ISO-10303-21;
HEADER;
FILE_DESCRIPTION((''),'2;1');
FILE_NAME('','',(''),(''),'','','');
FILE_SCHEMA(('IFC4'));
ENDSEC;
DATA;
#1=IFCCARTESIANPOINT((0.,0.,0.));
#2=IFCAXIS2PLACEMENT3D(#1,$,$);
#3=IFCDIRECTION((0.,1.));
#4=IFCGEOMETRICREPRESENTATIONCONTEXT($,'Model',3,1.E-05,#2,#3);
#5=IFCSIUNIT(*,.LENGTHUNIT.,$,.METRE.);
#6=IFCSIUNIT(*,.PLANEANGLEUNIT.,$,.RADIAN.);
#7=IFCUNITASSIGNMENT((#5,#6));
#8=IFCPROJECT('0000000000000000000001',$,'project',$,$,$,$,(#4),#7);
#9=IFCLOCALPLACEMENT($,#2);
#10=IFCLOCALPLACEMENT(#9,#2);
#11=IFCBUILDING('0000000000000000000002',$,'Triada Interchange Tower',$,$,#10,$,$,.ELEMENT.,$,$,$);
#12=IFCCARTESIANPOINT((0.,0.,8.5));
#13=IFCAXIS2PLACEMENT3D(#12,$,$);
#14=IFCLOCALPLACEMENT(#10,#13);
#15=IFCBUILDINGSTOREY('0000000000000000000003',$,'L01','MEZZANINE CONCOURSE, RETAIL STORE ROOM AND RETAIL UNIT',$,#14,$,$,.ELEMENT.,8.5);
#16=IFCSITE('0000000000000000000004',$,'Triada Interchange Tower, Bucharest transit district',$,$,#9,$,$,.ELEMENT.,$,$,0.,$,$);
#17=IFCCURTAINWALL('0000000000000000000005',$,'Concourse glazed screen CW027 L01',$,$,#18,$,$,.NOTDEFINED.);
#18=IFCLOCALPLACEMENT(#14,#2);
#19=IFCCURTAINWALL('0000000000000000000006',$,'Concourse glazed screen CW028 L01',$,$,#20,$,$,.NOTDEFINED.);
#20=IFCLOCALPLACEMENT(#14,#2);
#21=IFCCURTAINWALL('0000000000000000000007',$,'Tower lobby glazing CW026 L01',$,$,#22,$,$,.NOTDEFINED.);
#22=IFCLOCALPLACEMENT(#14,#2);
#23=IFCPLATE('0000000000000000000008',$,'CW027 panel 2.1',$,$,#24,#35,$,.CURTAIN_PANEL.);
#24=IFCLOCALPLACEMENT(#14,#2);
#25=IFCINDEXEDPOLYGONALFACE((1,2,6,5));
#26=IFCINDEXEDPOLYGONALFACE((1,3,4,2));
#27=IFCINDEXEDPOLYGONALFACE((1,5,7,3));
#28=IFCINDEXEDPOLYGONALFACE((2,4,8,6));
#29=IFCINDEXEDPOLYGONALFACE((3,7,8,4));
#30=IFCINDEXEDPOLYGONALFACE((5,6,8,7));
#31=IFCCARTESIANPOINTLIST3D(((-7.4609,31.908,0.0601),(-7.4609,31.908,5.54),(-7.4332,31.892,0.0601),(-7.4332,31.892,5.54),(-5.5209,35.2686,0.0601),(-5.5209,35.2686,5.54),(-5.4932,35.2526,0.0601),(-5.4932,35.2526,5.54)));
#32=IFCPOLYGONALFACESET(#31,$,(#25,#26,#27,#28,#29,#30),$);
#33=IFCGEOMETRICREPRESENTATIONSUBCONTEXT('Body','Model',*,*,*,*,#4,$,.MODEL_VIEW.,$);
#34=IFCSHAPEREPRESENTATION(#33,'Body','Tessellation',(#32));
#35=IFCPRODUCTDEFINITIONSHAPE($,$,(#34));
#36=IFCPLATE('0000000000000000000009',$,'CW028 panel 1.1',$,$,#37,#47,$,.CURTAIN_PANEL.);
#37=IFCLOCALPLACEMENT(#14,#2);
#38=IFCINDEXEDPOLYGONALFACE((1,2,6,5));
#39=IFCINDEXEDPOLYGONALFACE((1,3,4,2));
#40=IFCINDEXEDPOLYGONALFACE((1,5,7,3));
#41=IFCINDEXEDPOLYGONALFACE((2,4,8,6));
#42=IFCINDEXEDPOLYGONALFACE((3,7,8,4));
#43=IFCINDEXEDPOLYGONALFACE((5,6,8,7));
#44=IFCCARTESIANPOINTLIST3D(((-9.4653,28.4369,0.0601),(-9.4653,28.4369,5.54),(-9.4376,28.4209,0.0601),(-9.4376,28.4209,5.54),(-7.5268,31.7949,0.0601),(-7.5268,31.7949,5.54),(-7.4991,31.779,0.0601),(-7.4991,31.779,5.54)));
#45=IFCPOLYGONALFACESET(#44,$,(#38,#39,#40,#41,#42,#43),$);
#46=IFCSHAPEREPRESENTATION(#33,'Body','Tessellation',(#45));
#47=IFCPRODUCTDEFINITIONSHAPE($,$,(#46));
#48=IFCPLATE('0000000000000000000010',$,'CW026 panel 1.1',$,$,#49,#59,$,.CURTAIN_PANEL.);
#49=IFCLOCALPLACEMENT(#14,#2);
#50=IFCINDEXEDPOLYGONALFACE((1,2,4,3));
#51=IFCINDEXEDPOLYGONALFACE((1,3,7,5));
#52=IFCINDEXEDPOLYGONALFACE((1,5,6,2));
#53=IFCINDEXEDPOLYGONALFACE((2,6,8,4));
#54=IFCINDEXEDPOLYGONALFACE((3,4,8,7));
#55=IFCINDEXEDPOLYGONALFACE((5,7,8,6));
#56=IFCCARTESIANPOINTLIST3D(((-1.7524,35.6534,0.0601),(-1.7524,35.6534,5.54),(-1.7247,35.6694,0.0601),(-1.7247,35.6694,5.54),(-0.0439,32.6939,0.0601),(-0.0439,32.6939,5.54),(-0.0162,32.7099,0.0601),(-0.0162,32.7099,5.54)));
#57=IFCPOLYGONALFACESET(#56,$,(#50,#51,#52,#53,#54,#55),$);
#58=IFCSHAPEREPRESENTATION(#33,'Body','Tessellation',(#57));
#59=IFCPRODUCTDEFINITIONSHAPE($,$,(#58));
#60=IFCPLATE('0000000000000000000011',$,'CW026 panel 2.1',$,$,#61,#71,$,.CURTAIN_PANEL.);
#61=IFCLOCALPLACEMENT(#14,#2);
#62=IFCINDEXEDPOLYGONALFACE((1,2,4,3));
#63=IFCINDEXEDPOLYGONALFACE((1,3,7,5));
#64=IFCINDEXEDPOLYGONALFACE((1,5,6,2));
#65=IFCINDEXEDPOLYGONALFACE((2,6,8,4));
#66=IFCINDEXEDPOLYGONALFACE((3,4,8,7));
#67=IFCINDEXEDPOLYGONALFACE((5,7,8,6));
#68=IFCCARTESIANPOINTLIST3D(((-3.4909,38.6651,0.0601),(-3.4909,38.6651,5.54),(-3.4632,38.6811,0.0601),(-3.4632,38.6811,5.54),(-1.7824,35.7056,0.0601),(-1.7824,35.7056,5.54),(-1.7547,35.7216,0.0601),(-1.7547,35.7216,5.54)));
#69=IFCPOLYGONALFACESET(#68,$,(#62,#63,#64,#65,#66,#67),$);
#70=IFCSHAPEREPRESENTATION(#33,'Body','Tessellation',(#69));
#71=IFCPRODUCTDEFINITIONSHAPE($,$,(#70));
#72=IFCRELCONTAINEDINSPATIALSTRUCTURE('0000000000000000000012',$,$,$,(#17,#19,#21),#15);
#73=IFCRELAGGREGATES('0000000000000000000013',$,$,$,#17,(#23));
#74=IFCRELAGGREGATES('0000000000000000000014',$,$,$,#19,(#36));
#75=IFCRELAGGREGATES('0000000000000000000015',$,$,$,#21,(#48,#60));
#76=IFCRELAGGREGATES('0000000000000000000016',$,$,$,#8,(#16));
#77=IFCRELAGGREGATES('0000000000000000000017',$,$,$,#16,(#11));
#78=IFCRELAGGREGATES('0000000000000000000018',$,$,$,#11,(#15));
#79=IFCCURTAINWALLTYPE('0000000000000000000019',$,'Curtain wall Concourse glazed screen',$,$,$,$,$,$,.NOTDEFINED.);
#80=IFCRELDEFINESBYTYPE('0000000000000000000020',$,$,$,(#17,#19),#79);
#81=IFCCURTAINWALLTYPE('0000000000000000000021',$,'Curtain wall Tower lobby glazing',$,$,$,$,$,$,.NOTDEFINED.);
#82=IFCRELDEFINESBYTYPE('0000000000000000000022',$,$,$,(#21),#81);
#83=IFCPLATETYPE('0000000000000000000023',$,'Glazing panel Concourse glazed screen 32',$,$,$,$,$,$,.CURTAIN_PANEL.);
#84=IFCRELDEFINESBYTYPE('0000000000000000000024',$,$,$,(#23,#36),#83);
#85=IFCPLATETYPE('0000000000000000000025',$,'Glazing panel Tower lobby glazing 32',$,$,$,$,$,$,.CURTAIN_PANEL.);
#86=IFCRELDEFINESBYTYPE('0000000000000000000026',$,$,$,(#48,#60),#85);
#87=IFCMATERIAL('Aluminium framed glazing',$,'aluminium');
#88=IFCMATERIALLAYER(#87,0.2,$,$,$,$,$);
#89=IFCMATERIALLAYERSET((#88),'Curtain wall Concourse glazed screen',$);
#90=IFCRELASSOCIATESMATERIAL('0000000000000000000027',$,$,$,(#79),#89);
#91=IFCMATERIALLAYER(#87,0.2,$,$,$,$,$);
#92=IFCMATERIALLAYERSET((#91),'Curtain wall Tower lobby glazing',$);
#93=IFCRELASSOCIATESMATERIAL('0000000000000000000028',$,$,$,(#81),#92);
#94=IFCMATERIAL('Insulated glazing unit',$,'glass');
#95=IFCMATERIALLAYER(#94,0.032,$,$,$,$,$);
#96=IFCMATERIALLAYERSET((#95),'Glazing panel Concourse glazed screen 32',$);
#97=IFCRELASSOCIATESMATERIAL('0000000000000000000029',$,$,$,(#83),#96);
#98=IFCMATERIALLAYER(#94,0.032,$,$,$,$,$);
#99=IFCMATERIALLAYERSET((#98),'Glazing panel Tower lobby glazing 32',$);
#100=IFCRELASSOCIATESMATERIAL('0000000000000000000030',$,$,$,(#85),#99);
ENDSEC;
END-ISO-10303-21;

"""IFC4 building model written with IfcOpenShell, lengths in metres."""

from ifc_helpers import new_model, si_unit, direction, frame, origin, origin_2d, place, context, subcontext, project, spatial, rectangle, extrude, material, layer, layer_set, type_object, element, aggregate, save


model = new_model("IFC4")

# Units and contexts
model_context = context("Model", 3, precision=1e-05, world=origin(), true_north=direction((0.0, 1.0)))
body_context = subcontext(model_context, "Body", "Model", "MODEL_VIEW")
ifc_project = project(units=[si_unit("LENGTHUNIT", "METRE"), si_unit("PLANEANGLEUNIT", "RADIAN")], contexts=[model_context])

# Site, building, storey
site_placement = place(None, origin())
site = spatial("IfcSite", under=ifc_project, at=site_placement, Name="Triada Interchange Tower, Bucharest transit district", CompositionType="ELEMENT", RefElevation=0.0)
building_placement = place(site_placement, origin())
building = spatial("IfcBuilding", under=site, at=building_placement, Name="Triada Interchange Tower", CompositionType="ELEMENT")
storey_placement = place(building_placement, frame((0.0, 0.0, 8.5)))
storey = spatial("IfcBuildingStorey", under=building, at=storey_placement, Name="L01", Description="MEZZANINE CONCOURSE, RETAIL STORE ROOM AND RETAIL UNIT", CompositionType="ELEMENT", Elevation=8.5)

# Curtain walls
ifc_material_1 = material(Name="Aluminium framed glazing", Category="aluminium")
ifc_layer_1 = layer(ifc_material_1, 0.2)
ifc_layer_set_1 = layer_set([ifc_layer_1], Name="Curtain wall Concourse glazed screen")
curtain_wall_type_1 = type_object("IfcCurtainWallType", Name="Curtain wall Concourse glazed screen", PredefinedType="NOTDEFINED", material=ifc_layer_set_1)
curtain_wall_1_placement = place(storey_placement, origin())
curtain_wall_1 = element("IfcCurtainWall", 1, at=curtain_wall_1_placement, inside=storey, type_object=curtain_wall_type_1, Name="Concourse glazed screen CW027 L01", PredefinedType="NOTDEFINED")
curtain_wall_2_placement = place(storey_placement, origin())
curtain_wall_2 = element("IfcCurtainWall", 2, at=curtain_wall_2_placement, inside=storey, type_object=curtain_wall_type_1, Name="Concourse glazed screen CW028 L01", PredefinedType="NOTDEFINED")
ifc_layer_2 = layer(ifc_material_1, 0.2)
ifc_layer_set_2 = layer_set([ifc_layer_2], Name="Curtain wall Tower lobby glazing")
curtain_wall_type_2 = type_object("IfcCurtainWallType", Name="Curtain wall Tower lobby glazing", PredefinedType="NOTDEFINED", material=ifc_layer_set_2)
curtain_wall_3_placement = place(storey_placement, origin())
curtain_wall_3 = element("IfcCurtainWall", 3, at=curtain_wall_3_placement, inside=storey, type_object=curtain_wall_type_2, Name="Tower lobby glazing CW026 L01", PredefinedType="NOTDEFINED")

# Plates
ifc_material_2 = material(Name="Insulated glazing unit", Category="glass")
ifc_layer_3 = layer(ifc_material_2, 0.032)
ifc_layer_set_3 = layer_set([ifc_layer_3], Name="Glazing panel Concourse glazed screen 32")
plate_type_1 = type_object("IfcPlateType", Name="Glazing panel Concourse glazed screen 32", PredefinedType="CURTAIN_PANEL", material=ifc_layer_set_3)
plate_1_placement = place(storey_placement, frame((-6.4771, 33.5803, 0.0601), z_axis=(0.0, 0.0, 1.0), x_axis=(-0.499959, -0.866049, 0.0)))
plate_1 = element("IfcPlate", 4, at=plate_1_placement, type_object=plate_type_1, Name="CW027 panel 2.1", PredefinedType="CURTAIN_PANEL", context=body_context, shape_type="SweptSolid", body=[
    extrude(rectangle(XDim=3.8804, YDim=0.032, at=origin_2d()), origin(), (0.0, 0.0, 1.0), 5.48),
])
aggregate(curtain_wall_1, [plate_1])
plate_2_placement = place(storey_placement, frame((-8.4822, 30.1079, 0.0601), z_axis=(0.0, 0.0, 1.0), x_axis=(-0.499948, -0.866055, 0.0)))
plate_2 = element("IfcPlate", 5, at=plate_2_placement, type_object=plate_type_1, Name="CW028 panel 1.1", PredefinedType="CURTAIN_PANEL", context=body_context, shape_type="SweptSolid", body=[
    extrude(rectangle(XDim=3.8774, YDim=0.032, at=origin_2d()), origin(), (0.0, 0.0, 1.0), 5.48),
])
aggregate(curtain_wall_2, [plate_2])
ifc_layer_4 = layer(ifc_material_2, 0.032)
ifc_layer_set_4 = layer_set([ifc_layer_4], Name="Glazing panel Tower lobby glazing 32")
plate_type_2 = type_object("IfcPlateType", Name="Glazing panel Tower lobby glazing 32", PredefinedType="CURTAIN_PANEL", material=ifc_layer_set_4)
plate_3_placement = place(storey_placement, frame((-0.8843, 34.1816, 0.0601), z_axis=(0.0, 0.0, 1.0), x_axis=(-0.499957, 0.86605, 0.0)))
plate_3 = element("IfcPlate", 6, at=plate_3_placement, type_object=plate_type_2, Name="CW026 panel 1.1", PredefinedType="CURTAIN_PANEL", context=body_context, shape_type="SweptSolid", body=[
    extrude(rectangle(XDim=3.4172, YDim=0.032, at=origin_2d()), origin(), (0.0, 0.0, 1.0), 5.48),
])
plate_4_placement = place(storey_placement, frame((-2.6228, 37.1934, 0.0601), z_axis=(0.0, 0.0, 1.0), x_axis=(-0.499957, 0.86605, 0.0)))
plate_4 = element("IfcPlate", 7, at=plate_4_placement, type_object=plate_type_2, Name="CW026 panel 2.1", PredefinedType="CURTAIN_PANEL", context=body_context, shape_type="SweptSolid", body=[
    extrude(rectangle(XDim=3.4172, YDim=0.032, at=origin_2d()), origin(), (0.0, 0.0, 1.0), 5.48),
])
aggregate(curtain_wall_3, [plate_3, plate_4])

save(model, "model.ifc")
